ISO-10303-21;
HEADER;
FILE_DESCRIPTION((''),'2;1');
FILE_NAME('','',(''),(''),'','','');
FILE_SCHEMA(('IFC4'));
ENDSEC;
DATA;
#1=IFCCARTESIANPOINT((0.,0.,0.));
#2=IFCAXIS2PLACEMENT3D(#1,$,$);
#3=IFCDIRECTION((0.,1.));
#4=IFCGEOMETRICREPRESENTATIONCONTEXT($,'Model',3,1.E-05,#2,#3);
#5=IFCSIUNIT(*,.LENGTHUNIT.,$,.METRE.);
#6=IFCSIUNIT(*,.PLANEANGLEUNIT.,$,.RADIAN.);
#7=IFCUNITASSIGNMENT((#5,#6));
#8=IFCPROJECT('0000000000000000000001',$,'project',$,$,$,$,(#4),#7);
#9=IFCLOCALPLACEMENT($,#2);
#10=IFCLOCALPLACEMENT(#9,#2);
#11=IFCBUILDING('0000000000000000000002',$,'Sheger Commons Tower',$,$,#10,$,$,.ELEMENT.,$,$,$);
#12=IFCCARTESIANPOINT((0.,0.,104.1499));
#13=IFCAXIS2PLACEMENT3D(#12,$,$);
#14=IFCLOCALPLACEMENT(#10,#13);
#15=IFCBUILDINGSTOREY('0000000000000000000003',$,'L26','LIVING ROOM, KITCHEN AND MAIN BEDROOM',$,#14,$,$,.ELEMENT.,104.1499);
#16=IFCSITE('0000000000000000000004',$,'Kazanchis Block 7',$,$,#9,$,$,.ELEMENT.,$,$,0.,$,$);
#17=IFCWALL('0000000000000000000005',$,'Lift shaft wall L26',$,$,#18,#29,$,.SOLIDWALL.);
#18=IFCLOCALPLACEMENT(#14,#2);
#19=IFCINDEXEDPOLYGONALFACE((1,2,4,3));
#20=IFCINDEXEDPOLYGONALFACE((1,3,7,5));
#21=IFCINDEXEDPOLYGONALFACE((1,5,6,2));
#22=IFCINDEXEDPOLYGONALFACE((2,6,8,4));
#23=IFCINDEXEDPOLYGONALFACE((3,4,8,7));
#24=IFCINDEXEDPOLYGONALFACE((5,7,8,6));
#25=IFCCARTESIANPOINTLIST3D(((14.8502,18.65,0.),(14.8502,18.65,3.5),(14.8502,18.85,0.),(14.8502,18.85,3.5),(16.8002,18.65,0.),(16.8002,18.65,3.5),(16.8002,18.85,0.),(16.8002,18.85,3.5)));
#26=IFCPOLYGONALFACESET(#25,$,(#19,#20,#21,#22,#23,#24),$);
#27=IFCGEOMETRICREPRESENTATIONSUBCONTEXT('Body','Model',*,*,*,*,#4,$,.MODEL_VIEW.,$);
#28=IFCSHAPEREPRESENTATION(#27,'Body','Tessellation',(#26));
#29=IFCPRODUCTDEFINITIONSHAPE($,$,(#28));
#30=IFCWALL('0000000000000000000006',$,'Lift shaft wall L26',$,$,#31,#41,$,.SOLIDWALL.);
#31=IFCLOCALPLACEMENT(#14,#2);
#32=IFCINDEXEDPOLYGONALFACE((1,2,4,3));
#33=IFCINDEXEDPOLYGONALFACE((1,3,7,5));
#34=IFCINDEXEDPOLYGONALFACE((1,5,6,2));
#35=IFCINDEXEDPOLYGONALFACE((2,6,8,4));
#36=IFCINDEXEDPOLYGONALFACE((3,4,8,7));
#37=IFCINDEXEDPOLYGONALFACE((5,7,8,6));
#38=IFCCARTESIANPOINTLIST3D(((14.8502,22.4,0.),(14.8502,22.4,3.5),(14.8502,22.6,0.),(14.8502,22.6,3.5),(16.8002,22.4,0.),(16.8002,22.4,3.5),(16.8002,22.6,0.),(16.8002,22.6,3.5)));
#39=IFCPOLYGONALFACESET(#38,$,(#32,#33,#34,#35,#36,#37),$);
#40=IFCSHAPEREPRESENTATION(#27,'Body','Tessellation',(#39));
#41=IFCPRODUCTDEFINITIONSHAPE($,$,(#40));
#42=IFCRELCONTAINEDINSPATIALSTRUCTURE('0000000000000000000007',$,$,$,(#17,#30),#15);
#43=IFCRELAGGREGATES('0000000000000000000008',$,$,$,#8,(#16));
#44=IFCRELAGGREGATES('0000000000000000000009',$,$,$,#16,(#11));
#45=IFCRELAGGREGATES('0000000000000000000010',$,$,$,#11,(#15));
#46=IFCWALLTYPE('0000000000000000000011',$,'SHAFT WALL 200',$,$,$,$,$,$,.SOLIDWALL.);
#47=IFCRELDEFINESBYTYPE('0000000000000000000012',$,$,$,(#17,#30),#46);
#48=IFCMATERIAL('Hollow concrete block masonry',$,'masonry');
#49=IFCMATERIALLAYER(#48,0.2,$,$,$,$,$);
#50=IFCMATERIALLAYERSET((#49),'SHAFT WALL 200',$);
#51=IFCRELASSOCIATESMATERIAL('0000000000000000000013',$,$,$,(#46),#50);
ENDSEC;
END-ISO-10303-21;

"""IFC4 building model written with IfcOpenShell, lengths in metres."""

from ifc_helpers import new_model, si_unit, direction, frame, frame_2d, origin, place, context, subcontext, project, spatial, rectangle, extrude, material, layer, layer_set, type_object, element, save


model = new_model("IFC4")

# Units and contexts
model_context = context("Model", 3, precision=1e-05, world=origin(), true_north=direction((0.0, 1.0)))
body_context = subcontext(model_context, "Body", "Model", "MODEL_VIEW")
ifc_project = project(units=[si_unit("LENGTHUNIT", "METRE"), si_unit("PLANEANGLEUNIT", "RADIAN")], contexts=[model_context])

# Site, building, storey
site_placement = place(None, origin())
site = spatial("IfcSite", under=ifc_project, at=site_placement, Name="Kazanchis Block 7", CompositionType="ELEMENT", RefElevation=0.0)
building_placement = place(site_placement, origin())
building = spatial("IfcBuilding", under=site, at=building_placement, Name="Sheger Commons Tower", CompositionType="ELEMENT")
storey_placement = place(building_placement, frame((0.0, 0.0, 104.1499)))
storey = spatial("IfcBuildingStorey", under=building, at=storey_placement, Name="L26", Description="LIVING ROOM, KITCHEN AND MAIN BEDROOM", CompositionType="ELEMENT", Elevation=104.1499)

# Walls
ifc_material_1 = material(Name="Hollow concrete block masonry", Category="masonry")
ifc_layer_1 = layer(ifc_material_1, 0.2)
ifc_layer_set_1 = layer_set([ifc_layer_1], Name="SHAFT WALL 200")
wall_type_1 = type_object("IfcWallType", Name="SHAFT WALL 200", PredefinedType="SOLIDWALL", material=ifc_layer_set_1)
for number, where, z_axis, x_axis, name in (
    (1, (14.8501, 18.75, 0.0), (0.0, 0.0, 1.0), (1.0, 0.0, 0.0), "Lift shaft wall L26"),
    (2, (14.8501, 22.5, 0.0), (0.0, 0.0, 1.0), (1.0, 0.0, 0.0), "Lift shaft wall L26"),
):
    element("IfcWall", number, at=place(storey_placement, frame(where, z_axis=z_axis, x_axis=x_axis)), inside=storey, type_object=wall_type_1, Name=name, PredefinedType="SOLIDWALL", context=body_context, shape_type="SweptSolid", body=[
        extrude(rectangle(XDim=1.95, YDim=0.2, at=frame_2d((0.9751, 0.0))), origin(), (0.0, 0.0, 1.0), 3.5),
    ])

save(model, "model.ifc")
